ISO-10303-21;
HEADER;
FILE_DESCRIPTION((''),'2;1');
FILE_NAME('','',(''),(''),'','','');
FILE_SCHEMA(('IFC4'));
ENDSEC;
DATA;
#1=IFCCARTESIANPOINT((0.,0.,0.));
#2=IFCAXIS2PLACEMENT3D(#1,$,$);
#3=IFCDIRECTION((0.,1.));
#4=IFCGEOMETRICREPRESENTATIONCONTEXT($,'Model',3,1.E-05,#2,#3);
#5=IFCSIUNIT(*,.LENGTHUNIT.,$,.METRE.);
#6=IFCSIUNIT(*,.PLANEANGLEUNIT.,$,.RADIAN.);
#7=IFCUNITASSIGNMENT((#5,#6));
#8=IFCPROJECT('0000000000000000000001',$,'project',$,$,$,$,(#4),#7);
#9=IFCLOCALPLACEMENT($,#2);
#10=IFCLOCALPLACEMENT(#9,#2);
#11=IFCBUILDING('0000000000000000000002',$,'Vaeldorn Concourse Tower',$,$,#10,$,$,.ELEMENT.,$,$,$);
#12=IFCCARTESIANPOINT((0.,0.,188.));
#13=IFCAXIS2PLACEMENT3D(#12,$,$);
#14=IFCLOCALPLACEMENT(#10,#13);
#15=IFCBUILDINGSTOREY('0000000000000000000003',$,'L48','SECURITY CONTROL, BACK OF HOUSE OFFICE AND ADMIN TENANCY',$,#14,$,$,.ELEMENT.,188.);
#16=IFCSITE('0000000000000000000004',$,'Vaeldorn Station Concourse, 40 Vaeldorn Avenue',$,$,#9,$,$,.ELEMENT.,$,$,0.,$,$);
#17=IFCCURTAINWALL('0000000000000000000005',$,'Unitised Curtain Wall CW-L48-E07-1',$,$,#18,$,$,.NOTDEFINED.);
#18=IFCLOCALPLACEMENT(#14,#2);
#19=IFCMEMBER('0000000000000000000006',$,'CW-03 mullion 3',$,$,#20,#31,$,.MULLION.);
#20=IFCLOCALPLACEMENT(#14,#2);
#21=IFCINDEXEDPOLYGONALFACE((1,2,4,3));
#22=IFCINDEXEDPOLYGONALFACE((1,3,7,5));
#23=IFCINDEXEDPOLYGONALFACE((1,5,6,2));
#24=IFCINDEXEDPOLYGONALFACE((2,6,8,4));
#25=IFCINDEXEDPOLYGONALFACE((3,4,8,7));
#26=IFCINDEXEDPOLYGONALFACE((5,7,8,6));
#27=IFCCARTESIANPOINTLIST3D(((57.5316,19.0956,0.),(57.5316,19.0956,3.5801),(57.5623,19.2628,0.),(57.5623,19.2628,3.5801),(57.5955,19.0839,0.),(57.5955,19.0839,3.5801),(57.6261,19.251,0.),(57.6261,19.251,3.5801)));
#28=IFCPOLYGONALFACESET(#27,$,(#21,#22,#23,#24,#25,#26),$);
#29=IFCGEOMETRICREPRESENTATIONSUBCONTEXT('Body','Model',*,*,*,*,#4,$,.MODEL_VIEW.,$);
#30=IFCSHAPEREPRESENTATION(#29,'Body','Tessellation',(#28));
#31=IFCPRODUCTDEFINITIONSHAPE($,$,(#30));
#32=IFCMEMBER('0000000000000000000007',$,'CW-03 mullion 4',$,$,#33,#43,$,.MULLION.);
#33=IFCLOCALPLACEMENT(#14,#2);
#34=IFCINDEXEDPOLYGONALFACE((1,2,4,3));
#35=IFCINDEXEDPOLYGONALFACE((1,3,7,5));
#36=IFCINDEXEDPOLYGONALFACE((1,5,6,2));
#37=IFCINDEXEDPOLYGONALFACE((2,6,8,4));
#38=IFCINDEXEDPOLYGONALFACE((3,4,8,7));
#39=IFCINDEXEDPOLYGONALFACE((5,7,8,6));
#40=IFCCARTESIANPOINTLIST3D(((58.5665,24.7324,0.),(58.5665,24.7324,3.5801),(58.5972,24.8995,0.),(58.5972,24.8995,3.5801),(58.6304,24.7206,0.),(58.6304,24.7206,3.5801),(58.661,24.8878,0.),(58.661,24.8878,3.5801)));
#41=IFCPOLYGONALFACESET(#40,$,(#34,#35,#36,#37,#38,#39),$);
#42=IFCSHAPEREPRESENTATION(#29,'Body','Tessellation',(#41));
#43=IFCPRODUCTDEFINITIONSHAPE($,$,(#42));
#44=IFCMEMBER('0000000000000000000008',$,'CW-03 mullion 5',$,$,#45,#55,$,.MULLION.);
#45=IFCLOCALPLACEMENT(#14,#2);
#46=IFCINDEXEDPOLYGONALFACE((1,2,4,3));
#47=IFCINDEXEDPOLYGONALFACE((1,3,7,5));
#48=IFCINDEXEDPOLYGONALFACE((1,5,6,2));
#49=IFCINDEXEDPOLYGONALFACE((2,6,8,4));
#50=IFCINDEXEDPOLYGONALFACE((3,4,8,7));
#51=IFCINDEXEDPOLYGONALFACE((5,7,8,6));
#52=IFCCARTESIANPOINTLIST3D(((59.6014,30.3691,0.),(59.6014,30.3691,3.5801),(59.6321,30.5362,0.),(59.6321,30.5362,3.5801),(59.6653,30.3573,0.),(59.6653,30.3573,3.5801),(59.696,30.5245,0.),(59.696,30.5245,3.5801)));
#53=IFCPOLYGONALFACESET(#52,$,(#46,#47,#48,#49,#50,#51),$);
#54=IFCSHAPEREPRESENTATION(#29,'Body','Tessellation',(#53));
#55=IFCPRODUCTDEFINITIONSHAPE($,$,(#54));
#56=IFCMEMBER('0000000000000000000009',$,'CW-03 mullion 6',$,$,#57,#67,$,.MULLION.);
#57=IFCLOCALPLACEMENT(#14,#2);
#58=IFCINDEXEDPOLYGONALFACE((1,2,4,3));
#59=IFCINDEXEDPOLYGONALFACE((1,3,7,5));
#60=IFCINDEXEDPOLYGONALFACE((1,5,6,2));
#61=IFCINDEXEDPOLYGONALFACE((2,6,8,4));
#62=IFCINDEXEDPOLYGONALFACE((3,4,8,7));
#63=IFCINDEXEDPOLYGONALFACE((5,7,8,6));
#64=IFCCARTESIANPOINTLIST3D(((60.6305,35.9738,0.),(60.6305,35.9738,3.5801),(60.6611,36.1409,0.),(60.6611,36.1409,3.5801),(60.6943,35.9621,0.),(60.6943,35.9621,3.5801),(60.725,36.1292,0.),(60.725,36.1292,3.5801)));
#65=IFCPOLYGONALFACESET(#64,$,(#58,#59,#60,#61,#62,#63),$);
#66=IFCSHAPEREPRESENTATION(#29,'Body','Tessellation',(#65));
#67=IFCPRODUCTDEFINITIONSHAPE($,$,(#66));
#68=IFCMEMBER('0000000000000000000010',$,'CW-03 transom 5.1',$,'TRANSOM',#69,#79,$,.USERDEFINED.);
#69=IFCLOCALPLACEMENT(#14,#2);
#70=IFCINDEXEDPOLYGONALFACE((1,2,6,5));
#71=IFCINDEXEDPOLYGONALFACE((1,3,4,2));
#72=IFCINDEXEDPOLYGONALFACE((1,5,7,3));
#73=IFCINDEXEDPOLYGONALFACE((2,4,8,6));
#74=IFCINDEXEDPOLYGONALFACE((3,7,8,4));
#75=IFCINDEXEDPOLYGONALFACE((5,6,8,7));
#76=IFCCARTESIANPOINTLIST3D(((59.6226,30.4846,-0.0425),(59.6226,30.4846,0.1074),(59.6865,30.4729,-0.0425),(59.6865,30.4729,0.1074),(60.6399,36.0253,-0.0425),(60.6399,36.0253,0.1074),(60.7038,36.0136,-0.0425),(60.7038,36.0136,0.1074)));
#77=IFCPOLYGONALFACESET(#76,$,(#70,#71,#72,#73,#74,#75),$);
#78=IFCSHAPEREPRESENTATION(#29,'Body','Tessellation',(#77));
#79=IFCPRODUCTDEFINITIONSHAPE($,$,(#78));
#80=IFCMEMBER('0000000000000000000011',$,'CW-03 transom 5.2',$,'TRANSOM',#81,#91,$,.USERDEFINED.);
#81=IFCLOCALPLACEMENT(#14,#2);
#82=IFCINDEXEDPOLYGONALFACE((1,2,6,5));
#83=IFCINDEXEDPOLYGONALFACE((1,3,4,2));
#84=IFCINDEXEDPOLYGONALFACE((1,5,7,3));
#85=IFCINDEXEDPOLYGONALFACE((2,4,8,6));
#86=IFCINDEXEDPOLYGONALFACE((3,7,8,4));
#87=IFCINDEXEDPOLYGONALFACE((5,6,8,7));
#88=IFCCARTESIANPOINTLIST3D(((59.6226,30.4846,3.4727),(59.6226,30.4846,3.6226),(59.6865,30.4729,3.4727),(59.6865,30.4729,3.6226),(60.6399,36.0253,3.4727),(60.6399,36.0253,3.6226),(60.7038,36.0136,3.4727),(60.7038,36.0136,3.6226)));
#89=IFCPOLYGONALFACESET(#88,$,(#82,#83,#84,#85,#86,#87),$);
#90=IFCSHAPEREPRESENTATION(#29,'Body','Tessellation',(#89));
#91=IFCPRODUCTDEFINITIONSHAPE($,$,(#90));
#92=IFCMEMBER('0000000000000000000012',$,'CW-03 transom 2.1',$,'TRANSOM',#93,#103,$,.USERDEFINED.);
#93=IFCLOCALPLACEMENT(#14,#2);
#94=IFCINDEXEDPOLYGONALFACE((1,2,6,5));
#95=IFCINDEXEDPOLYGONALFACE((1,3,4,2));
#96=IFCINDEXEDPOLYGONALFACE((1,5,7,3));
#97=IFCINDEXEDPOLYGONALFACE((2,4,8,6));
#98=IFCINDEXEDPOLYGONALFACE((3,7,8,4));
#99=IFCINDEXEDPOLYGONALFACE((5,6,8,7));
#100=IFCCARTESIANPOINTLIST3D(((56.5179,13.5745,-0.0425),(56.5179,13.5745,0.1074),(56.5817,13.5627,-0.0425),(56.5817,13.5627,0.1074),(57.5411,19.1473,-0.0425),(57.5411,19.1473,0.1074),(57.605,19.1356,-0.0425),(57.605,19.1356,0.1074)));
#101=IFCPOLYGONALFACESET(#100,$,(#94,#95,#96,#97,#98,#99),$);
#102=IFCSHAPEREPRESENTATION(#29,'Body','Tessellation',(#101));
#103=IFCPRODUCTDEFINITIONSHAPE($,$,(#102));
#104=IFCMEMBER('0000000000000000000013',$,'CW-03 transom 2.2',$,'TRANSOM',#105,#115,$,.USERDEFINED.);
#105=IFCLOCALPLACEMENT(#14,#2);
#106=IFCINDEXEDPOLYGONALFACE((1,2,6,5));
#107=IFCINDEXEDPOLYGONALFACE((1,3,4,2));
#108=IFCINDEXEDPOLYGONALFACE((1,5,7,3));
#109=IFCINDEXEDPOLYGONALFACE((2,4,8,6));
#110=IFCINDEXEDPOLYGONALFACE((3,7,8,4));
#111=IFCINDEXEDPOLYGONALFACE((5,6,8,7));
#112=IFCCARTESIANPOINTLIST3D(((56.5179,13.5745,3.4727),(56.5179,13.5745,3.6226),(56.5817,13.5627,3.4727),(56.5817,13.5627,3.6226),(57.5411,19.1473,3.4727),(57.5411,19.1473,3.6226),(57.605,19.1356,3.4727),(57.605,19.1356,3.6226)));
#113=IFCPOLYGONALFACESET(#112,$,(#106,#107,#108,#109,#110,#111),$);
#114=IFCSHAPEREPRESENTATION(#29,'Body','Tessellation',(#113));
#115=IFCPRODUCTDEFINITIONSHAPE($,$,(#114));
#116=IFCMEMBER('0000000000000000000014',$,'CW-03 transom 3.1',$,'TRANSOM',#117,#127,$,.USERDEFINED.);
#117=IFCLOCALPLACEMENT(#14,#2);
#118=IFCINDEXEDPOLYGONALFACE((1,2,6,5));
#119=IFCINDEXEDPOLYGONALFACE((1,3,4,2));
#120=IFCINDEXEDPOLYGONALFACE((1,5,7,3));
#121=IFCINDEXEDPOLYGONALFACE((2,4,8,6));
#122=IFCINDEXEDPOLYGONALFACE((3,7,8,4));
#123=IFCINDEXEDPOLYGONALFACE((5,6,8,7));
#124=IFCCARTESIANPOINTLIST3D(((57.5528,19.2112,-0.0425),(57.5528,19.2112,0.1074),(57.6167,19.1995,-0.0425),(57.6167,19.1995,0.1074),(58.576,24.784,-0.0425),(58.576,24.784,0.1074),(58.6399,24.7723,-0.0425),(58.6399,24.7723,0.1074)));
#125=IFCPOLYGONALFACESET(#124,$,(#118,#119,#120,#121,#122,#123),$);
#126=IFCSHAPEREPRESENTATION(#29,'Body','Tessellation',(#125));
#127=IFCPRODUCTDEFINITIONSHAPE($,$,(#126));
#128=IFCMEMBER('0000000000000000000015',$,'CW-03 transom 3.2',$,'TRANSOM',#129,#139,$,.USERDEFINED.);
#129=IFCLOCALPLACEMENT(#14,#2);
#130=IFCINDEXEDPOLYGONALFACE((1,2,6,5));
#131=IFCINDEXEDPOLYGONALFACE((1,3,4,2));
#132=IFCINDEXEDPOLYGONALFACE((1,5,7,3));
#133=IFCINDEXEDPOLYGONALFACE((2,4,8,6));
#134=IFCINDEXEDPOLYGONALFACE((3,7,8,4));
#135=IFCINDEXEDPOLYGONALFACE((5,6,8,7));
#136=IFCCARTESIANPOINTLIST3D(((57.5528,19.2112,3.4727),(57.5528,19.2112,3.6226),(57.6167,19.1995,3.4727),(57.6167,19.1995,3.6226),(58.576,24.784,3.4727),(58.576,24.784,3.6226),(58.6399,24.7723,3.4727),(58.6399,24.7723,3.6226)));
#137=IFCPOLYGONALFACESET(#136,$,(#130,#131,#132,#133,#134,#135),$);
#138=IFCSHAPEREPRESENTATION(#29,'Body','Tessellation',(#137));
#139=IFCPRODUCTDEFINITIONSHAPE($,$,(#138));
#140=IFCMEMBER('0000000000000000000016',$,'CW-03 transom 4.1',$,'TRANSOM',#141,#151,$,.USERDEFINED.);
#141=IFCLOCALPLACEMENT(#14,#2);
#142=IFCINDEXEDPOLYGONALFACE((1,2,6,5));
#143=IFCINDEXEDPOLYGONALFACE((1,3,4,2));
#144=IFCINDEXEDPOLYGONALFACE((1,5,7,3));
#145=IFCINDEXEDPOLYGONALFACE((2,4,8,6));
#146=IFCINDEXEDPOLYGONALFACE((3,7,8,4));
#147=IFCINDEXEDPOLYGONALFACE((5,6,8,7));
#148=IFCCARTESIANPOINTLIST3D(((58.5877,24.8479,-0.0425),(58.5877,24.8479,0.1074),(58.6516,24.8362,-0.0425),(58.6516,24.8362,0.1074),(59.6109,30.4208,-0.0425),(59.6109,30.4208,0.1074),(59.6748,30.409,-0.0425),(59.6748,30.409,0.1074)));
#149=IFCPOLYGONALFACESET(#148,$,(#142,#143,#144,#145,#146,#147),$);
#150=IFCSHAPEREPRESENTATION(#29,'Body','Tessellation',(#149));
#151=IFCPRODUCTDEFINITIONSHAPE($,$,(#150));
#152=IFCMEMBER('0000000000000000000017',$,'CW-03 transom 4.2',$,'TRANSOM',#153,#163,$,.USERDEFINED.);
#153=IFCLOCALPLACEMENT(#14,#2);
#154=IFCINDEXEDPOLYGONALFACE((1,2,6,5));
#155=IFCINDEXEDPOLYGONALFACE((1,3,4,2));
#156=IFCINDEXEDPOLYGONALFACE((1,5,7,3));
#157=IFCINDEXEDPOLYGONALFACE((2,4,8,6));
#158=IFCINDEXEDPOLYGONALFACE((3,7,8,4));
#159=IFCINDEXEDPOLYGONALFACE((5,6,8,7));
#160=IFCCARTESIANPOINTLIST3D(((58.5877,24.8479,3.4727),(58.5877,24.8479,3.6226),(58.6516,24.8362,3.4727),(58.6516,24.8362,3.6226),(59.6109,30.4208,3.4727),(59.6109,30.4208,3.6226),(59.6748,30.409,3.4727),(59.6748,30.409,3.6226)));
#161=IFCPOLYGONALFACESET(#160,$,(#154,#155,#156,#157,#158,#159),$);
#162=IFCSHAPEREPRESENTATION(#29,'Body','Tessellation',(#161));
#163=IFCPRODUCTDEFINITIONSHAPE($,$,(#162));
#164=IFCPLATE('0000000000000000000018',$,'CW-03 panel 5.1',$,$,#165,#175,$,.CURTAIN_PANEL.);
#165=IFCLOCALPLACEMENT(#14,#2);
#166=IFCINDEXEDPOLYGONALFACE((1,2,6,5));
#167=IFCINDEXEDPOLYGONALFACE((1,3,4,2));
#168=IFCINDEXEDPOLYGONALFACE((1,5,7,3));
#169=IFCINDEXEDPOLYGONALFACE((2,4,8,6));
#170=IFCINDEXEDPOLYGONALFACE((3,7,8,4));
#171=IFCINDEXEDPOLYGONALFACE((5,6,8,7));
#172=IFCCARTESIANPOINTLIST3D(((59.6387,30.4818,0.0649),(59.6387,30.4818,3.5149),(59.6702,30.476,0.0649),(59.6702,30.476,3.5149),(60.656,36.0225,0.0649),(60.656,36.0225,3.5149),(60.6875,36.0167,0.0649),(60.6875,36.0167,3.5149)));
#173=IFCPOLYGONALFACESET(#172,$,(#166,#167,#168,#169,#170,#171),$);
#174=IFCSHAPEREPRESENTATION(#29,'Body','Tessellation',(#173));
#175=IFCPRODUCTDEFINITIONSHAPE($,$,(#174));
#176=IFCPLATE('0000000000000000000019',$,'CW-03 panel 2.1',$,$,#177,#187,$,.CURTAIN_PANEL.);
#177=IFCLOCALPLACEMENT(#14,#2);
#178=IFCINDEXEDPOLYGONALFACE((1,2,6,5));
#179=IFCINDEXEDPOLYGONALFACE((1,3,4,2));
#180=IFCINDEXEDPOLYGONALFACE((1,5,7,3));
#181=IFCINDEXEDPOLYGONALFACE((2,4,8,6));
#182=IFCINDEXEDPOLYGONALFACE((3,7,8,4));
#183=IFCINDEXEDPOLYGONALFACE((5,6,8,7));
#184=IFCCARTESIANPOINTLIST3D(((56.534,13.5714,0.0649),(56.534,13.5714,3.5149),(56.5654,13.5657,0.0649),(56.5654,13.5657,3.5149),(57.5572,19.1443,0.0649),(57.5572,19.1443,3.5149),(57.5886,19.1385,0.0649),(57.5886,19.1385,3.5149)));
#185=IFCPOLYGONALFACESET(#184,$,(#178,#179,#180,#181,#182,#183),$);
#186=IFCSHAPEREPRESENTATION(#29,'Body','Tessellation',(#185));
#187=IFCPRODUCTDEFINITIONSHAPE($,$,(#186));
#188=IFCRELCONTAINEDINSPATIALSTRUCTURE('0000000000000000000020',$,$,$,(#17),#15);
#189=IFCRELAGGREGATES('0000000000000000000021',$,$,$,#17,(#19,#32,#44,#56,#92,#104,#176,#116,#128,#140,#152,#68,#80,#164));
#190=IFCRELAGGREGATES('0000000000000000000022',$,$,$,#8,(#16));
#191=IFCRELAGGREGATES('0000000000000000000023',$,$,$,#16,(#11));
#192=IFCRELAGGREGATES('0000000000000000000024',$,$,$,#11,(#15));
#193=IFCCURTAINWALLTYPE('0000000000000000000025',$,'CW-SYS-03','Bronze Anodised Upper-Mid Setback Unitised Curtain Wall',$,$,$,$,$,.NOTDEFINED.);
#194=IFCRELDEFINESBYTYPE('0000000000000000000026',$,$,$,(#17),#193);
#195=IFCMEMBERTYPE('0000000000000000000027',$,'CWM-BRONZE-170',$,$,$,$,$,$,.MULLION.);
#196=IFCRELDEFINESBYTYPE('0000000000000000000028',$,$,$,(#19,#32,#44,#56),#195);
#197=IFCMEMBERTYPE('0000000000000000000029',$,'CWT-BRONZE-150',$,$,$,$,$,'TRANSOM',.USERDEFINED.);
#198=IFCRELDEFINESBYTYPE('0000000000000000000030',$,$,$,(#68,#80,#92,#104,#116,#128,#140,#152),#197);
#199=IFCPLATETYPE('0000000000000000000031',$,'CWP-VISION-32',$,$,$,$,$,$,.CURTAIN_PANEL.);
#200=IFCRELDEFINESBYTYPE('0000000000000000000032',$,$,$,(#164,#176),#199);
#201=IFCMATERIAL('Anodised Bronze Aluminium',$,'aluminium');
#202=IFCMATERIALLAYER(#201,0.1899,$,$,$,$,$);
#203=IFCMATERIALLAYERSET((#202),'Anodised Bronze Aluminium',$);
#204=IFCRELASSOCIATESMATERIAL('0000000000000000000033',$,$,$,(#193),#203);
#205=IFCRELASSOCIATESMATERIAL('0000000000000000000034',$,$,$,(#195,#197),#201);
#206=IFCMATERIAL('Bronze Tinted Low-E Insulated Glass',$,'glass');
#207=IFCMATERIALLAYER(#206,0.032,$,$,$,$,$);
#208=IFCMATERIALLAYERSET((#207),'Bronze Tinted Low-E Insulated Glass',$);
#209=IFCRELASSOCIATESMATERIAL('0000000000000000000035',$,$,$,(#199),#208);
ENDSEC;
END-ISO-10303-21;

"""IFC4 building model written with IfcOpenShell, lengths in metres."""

from ifc_helpers import new_model, si_unit, direction, frame, origin, origin_2d, place, context, subcontext, project, spatial, rectangle, extrude, source, transform, mapped, material, layer, layer_set, material_profile, profile_set, type_object, element, aggregate, save


model = new_model("IFC4")

# Units and contexts
model_context = context("Model", 3, precision=1e-05, world=origin(), true_north=direction((0.0, 1.0)))
body_context = subcontext(model_context, "Body", "Model", "MODEL_VIEW")
ifc_project = project(units=[si_unit("LENGTHUNIT", "METRE"), si_unit("PLANEANGLEUNIT", "RADIAN")], contexts=[model_context])

# Site, building, storey
site_placement = place(None, origin())
site = spatial("IfcSite", under=ifc_project, at=site_placement, Name="Vaeldorn Station Concourse, 40 Vaeldorn Avenue", CompositionType="ELEMENT", RefElevation=0.0)
building_placement = place(site_placement, origin())
building = spatial("IfcBuilding", under=site, at=building_placement, Name="Vaeldorn Concourse Tower", CompositionType="ELEMENT")
storey_placement = place(building_placement, frame((0.0, 0.0, 188.0)))
storey = spatial("IfcBuildingStorey", under=building, at=storey_placement, Name="L48", Description="SECURITY CONTROL, BACK OF HOUSE OFFICE AND ADMIN TENANCY", CompositionType="ELEMENT", Elevation=188.0)

# Curtain wall, members, plates
ifc_material_1 = material(Name="Anodised Bronze Aluminium", Category="aluminium")
ifc_layer_1 = layer(ifc_material_1, 0.1899)
ifc_layer_set_1 = layer_set([ifc_layer_1], Name="Anodised Bronze Aluminium")
curtain_wall_type = type_object("IfcCurtainWallType", Name="CW-SYS-03", Description="Bronze Anodised Upper-Mid Setback Unitised Curtain Wall", PredefinedType="NOTDEFINED", material=ifc_layer_set_1)
curtain_wall_placement = place(storey_placement, origin())
curtain_wall = element("IfcCurtainWall", 1, at=curtain_wall_placement, inside=storey, type_object=curtain_wall_type, Name="Unitised Curtain Wall CW-L48-E07-1", PredefinedType="NOTDEFINED")
ifc_material_profile_1 = material_profile(ifc_material_1, rectangle(XDim=0.0649, YDim=0.1699, at=origin_2d()), Name="CWM 65x170")
ifc_profile_set_1 = profile_set([ifc_material_profile_1], Name="Anodised Bronze Aluminium")
member_type_1 = type_object("IfcMemberType", Name="CWM-BRONZE-170", PredefinedType="MULLION", material=ifc_profile_set_1)
shared_shape_1 = source(origin(), body_context, "Body", "SweptSolid", [
    extrude(rectangle(XDim=0.0649, YDim=0.1699, at=origin_2d()), origin(), (0.0, 0.0, 1.0), 3.5801),
])
member_1_placement = place(storey_placement, frame((57.5789, 19.1733, 0.0), z_axis=(0.0, 0.0, 1.0), x_axis=(-0.983559, 0.180585, 0.0)))
member_1 = element("IfcMember", 2, at=member_1_placement, type_object=member_type_1, Name="CW-03 mullion 3", PredefinedType="MULLION", context=body_context, shape_type="MappedRepresentation", body=[
    mapped(shared_shape_1, transform((0.0, 0.0, 0.0), scale=1.0)),
])
member_2_placement = place(storey_placement, frame((58.6138, 24.8101, 0.0), z_axis=(0.0, 0.0, 1.0), x_axis=(-0.983559, 0.180585, 0.0)))
member_2 = element("IfcMember", 3, at=member_2_placement, type_object=member_type_1, Name="CW-03 mullion 4", PredefinedType="MULLION", context=body_context, shape_type="MappedRepresentation", body=[
    mapped(shared_shape_1, transform((0.0, 0.0, 0.0), scale=1.0)),
])
member_3_placement = place(storey_placement, frame((59.6487, 30.4468, 0.0), z_axis=(0.0, 0.0, 1.0), x_axis=(-0.983559, 0.180585, 0.0)))
member_3 = element("IfcMember", 4, at=member_3_placement, type_object=member_type_1, Name="CW-03 mullion 5", PredefinedType="MULLION", context=body_context, shape_type="MappedRepresentation", body=[
    mapped(shared_shape_1, transform((0.0, 0.0, 0.0), scale=1.0)),
])
member_4_placement = place(storey_placement, frame((60.6777, 36.0515, 0.0), z_axis=(0.0, 0.0, 1.0), x_axis=(-0.983559, 0.180585, 0.0)))
member_4 = element("IfcMember", 5, at=member_4_placement, type_object=member_type_1, Name="CW-03 mullion 6", PredefinedType="MULLION", context=body_context, shape_type="MappedRepresentation", body=[
    mapped(shared_shape_1, transform((0.0, 0.0, 0.0), scale=1.0)),
])
ifc_material_profile_2 = material_profile(ifc_material_1, rectangle(XDim=0.0649, YDim=0.1499, at=origin_2d()), Name="CWT 65x150")
ifc_profile_set_2 = profile_set([ifc_material_profile_2], Name="Anodised Bronze Aluminium")
member_type_2 = type_object("IfcMemberType", Name="CWT-BRONZE-150", ElementType="TRANSOM", PredefinedType="USERDEFINED", material=ifc_profile_set_2)
shared_shape_2 = source(origin(), body_context, "Body", "SweptSolid", [
    extrude(rectangle(XDim=0.0649, YDim=0.1499, at=origin_2d()), origin(), (0.0, 0.0, 1.0), 5.6333),
])
member_5_placement = place(storey_placement, frame((59.6545, 30.4788, 0.0325), z_axis=(0.18059, 0.983558, 0.0), x_axis=(-0.983558, 0.18059, 0.0)))
member_5 = element("IfcMember", 6, at=member_5_placement, type_object=member_type_2, Name="CW-03 transom 5.1", ObjectType="TRANSOM", PredefinedType="USERDEFINED", context=body_context, shape_type="MappedRepresentation", body=[
    mapped(shared_shape_2, transform((0.0, 0.0, 0.0), scale=1.0)),
])
member_6_placement = place(storey_placement, frame((59.6545, 30.4788, 3.5476), z_axis=(0.18059, 0.983558, 0.0), x_axis=(-0.983558, 0.18059, 0.0)))
member_6 = element("IfcMember", 7, at=member_6_placement, type_object=member_type_2, Name="CW-03 transom 5.2", ObjectType="TRANSOM", PredefinedType="USERDEFINED", context=body_context, shape_type="MappedRepresentation", body=[
    mapped(shared_shape_2, transform((0.0, 0.0, 0.0), scale=1.0)),
])
shared_shape_3 = source(origin(), body_context, "Body", "SweptSolid", [
    extrude(rectangle(XDim=0.0649, YDim=0.1499, at=origin_2d()), origin(), (0.0, 0.0, 1.0), 5.666),
])
member_7_placement = place(storey_placement, frame((56.5498, 13.5686, 0.0325), z_axis=(0.180588, 0.983559, 0.0), x_axis=(-0.983559, 0.180588, 0.0)))
member_7 = element("IfcMember", 8, at=member_7_placement, type_object=member_type_2, Name="CW-03 transom 2.1", ObjectType="TRANSOM", PredefinedType="USERDEFINED", context=body_context, shape_type="MappedRepresentation", body=[
    mapped(shared_shape_3, transform((0.0, 0.0, 0.0), scale=1.0)),
])
member_8_placement = place(storey_placement, frame((56.5498, 13.5686, 3.5476), z_axis=(0.180588, 0.983559, 0.0), x_axis=(-0.983559, 0.180588, 0.0)))
member_8 = element("IfcMember", 9, at=member_8_placement, type_object=member_type_2, Name="CW-03 transom 2.2", ObjectType="TRANSOM", PredefinedType="USERDEFINED", context=body_context, shape_type="MappedRepresentation", body=[
    mapped(shared_shape_3, transform((0.0, 0.0, 0.0), scale=1.0)),
])
member_9_placement = place(storey_placement, frame((57.5847, 19.2053, 0.0325), z_axis=(0.180588, 0.983559, 0.0), x_axis=(-0.983559, 0.180588, 0.0)))
member_9 = element("IfcMember", 10, at=member_9_placement, type_object=member_type_2, Name="CW-03 transom 3.1", ObjectType="TRANSOM", PredefinedType="USERDEFINED", context=body_context, shape_type="MappedRepresentation", body=[
    mapped(shared_shape_3, transform((0.0, 0.0, 0.0), scale=1.0)),
])
member_10_placement = place(storey_placement, frame((57.5847, 19.2053, 3.5476), z_axis=(0.180588, 0.983559, 0.0), x_axis=(-0.983559, 0.180588, 0.0)))
member_10 = element("IfcMember", 11, at=member_10_placement, type_object=member_type_2, Name="CW-03 transom 3.2", ObjectType="TRANSOM", PredefinedType="USERDEFINED", context=body_context, shape_type="MappedRepresentation", body=[
    mapped(shared_shape_3, transform((0.0, 0.0, 0.0), scale=1.0)),
])
member_11_placement = place(storey_placement, frame((58.6196, 24.842, 0.0325), z_axis=(0.180588, 0.983559, 0.0), x_axis=(-0.983559, 0.180588, 0.0)))
member_11 = element("IfcMember", 12, at=member_11_placement, type_object=member_type_2, Name="CW-03 transom 4.1", ObjectType="TRANSOM", PredefinedType="USERDEFINED", context=body_context, shape_type="MappedRepresentation", body=[
    mapped(shared_shape_3, transform((0.0, 0.0, 0.0), scale=1.0)),
])
member_12_placement = place(storey_placement, frame((58.6196, 24.842, 3.5476), z_axis=(0.180588, 0.983559, 0.0), x_axis=(-0.983559, 0.180588, 0.0)))
member_12 = element("IfcMember", 13, at=member_12_placement, type_object=member_type_2, Name="CW-03 transom 4.2", ObjectType="TRANSOM", PredefinedType="USERDEFINED", context=body_context, shape_type="MappedRepresentation", body=[
    mapped(shared_shape_3, transform((0.0, 0.0, 0.0), scale=1.0)),
])
ifc_material_2 = material(Name="Bronze Tinted Low-E Insulated Glass", Category="glass")
ifc_layer_2 = layer(ifc_material_2, 0.032)
ifc_layer_set_2 = layer_set([ifc_layer_2], Name="Bronze Tinted Low-E Insulated Glass")
plate_type = type_object("IfcPlateType", Name="CWP-VISION-32", PredefinedType="CURTAIN_PANEL", material=ifc_layer_set_2)
shared_shape_4 = source(origin(), body_context, "Body", "SweptSolid", [
    extrude(rectangle(XDim=5.6333, YDim=0.032, at=origin_2d()), origin(), (0.0, 0.0, 1.0), 3.45),
])
plate_1_placement = place(storey_placement, frame((60.1631, 33.2493, 0.0649), z_axis=(0.0, 0.0, 1.0), x_axis=(0.180585, 0.983559, 0.0)))
plate_1 = element("IfcPlate", 14, at=plate_1_placement, type_object=plate_type, Name="CW-03 panel 5.1", PredefinedType="CURTAIN_PANEL", context=body_context, shape_type="MappedRepresentation", body=[
    mapped(shared_shape_4, transform((0.0, 0.0, 0.0), scale=1.0)),
])
shared_shape_5 = source(origin(), body_context, "Body", "SweptSolid", [
    extrude(rectangle(XDim=5.666, YDim=0.032, at=origin_2d()), origin(), (0.0, 0.0, 1.0), 3.45),
])
plate_2_placement = place(storey_placement, frame((57.0613, 16.355, 0.0649), z_axis=(0.0, 0.0, 1.0), x_axis=(0.180585, 0.983559, 0.0)))
plate_2 = element("IfcPlate", 15, at=plate_2_placement, type_object=plate_type, Name="CW-03 panel 2.1", PredefinedType="CURTAIN_PANEL", context=body_context, shape_type="MappedRepresentation", body=[
    mapped(shared_shape_5, transform((0.0, 0.0, 0.0), scale=1.0)),
])
aggregate(curtain_wall, [member_1, member_2, member_3, member_4, member_7, member_8, plate_2, member_9, member_10, member_11, member_12, member_5, member_6, plate_1])

save(model, "model.ifc")
